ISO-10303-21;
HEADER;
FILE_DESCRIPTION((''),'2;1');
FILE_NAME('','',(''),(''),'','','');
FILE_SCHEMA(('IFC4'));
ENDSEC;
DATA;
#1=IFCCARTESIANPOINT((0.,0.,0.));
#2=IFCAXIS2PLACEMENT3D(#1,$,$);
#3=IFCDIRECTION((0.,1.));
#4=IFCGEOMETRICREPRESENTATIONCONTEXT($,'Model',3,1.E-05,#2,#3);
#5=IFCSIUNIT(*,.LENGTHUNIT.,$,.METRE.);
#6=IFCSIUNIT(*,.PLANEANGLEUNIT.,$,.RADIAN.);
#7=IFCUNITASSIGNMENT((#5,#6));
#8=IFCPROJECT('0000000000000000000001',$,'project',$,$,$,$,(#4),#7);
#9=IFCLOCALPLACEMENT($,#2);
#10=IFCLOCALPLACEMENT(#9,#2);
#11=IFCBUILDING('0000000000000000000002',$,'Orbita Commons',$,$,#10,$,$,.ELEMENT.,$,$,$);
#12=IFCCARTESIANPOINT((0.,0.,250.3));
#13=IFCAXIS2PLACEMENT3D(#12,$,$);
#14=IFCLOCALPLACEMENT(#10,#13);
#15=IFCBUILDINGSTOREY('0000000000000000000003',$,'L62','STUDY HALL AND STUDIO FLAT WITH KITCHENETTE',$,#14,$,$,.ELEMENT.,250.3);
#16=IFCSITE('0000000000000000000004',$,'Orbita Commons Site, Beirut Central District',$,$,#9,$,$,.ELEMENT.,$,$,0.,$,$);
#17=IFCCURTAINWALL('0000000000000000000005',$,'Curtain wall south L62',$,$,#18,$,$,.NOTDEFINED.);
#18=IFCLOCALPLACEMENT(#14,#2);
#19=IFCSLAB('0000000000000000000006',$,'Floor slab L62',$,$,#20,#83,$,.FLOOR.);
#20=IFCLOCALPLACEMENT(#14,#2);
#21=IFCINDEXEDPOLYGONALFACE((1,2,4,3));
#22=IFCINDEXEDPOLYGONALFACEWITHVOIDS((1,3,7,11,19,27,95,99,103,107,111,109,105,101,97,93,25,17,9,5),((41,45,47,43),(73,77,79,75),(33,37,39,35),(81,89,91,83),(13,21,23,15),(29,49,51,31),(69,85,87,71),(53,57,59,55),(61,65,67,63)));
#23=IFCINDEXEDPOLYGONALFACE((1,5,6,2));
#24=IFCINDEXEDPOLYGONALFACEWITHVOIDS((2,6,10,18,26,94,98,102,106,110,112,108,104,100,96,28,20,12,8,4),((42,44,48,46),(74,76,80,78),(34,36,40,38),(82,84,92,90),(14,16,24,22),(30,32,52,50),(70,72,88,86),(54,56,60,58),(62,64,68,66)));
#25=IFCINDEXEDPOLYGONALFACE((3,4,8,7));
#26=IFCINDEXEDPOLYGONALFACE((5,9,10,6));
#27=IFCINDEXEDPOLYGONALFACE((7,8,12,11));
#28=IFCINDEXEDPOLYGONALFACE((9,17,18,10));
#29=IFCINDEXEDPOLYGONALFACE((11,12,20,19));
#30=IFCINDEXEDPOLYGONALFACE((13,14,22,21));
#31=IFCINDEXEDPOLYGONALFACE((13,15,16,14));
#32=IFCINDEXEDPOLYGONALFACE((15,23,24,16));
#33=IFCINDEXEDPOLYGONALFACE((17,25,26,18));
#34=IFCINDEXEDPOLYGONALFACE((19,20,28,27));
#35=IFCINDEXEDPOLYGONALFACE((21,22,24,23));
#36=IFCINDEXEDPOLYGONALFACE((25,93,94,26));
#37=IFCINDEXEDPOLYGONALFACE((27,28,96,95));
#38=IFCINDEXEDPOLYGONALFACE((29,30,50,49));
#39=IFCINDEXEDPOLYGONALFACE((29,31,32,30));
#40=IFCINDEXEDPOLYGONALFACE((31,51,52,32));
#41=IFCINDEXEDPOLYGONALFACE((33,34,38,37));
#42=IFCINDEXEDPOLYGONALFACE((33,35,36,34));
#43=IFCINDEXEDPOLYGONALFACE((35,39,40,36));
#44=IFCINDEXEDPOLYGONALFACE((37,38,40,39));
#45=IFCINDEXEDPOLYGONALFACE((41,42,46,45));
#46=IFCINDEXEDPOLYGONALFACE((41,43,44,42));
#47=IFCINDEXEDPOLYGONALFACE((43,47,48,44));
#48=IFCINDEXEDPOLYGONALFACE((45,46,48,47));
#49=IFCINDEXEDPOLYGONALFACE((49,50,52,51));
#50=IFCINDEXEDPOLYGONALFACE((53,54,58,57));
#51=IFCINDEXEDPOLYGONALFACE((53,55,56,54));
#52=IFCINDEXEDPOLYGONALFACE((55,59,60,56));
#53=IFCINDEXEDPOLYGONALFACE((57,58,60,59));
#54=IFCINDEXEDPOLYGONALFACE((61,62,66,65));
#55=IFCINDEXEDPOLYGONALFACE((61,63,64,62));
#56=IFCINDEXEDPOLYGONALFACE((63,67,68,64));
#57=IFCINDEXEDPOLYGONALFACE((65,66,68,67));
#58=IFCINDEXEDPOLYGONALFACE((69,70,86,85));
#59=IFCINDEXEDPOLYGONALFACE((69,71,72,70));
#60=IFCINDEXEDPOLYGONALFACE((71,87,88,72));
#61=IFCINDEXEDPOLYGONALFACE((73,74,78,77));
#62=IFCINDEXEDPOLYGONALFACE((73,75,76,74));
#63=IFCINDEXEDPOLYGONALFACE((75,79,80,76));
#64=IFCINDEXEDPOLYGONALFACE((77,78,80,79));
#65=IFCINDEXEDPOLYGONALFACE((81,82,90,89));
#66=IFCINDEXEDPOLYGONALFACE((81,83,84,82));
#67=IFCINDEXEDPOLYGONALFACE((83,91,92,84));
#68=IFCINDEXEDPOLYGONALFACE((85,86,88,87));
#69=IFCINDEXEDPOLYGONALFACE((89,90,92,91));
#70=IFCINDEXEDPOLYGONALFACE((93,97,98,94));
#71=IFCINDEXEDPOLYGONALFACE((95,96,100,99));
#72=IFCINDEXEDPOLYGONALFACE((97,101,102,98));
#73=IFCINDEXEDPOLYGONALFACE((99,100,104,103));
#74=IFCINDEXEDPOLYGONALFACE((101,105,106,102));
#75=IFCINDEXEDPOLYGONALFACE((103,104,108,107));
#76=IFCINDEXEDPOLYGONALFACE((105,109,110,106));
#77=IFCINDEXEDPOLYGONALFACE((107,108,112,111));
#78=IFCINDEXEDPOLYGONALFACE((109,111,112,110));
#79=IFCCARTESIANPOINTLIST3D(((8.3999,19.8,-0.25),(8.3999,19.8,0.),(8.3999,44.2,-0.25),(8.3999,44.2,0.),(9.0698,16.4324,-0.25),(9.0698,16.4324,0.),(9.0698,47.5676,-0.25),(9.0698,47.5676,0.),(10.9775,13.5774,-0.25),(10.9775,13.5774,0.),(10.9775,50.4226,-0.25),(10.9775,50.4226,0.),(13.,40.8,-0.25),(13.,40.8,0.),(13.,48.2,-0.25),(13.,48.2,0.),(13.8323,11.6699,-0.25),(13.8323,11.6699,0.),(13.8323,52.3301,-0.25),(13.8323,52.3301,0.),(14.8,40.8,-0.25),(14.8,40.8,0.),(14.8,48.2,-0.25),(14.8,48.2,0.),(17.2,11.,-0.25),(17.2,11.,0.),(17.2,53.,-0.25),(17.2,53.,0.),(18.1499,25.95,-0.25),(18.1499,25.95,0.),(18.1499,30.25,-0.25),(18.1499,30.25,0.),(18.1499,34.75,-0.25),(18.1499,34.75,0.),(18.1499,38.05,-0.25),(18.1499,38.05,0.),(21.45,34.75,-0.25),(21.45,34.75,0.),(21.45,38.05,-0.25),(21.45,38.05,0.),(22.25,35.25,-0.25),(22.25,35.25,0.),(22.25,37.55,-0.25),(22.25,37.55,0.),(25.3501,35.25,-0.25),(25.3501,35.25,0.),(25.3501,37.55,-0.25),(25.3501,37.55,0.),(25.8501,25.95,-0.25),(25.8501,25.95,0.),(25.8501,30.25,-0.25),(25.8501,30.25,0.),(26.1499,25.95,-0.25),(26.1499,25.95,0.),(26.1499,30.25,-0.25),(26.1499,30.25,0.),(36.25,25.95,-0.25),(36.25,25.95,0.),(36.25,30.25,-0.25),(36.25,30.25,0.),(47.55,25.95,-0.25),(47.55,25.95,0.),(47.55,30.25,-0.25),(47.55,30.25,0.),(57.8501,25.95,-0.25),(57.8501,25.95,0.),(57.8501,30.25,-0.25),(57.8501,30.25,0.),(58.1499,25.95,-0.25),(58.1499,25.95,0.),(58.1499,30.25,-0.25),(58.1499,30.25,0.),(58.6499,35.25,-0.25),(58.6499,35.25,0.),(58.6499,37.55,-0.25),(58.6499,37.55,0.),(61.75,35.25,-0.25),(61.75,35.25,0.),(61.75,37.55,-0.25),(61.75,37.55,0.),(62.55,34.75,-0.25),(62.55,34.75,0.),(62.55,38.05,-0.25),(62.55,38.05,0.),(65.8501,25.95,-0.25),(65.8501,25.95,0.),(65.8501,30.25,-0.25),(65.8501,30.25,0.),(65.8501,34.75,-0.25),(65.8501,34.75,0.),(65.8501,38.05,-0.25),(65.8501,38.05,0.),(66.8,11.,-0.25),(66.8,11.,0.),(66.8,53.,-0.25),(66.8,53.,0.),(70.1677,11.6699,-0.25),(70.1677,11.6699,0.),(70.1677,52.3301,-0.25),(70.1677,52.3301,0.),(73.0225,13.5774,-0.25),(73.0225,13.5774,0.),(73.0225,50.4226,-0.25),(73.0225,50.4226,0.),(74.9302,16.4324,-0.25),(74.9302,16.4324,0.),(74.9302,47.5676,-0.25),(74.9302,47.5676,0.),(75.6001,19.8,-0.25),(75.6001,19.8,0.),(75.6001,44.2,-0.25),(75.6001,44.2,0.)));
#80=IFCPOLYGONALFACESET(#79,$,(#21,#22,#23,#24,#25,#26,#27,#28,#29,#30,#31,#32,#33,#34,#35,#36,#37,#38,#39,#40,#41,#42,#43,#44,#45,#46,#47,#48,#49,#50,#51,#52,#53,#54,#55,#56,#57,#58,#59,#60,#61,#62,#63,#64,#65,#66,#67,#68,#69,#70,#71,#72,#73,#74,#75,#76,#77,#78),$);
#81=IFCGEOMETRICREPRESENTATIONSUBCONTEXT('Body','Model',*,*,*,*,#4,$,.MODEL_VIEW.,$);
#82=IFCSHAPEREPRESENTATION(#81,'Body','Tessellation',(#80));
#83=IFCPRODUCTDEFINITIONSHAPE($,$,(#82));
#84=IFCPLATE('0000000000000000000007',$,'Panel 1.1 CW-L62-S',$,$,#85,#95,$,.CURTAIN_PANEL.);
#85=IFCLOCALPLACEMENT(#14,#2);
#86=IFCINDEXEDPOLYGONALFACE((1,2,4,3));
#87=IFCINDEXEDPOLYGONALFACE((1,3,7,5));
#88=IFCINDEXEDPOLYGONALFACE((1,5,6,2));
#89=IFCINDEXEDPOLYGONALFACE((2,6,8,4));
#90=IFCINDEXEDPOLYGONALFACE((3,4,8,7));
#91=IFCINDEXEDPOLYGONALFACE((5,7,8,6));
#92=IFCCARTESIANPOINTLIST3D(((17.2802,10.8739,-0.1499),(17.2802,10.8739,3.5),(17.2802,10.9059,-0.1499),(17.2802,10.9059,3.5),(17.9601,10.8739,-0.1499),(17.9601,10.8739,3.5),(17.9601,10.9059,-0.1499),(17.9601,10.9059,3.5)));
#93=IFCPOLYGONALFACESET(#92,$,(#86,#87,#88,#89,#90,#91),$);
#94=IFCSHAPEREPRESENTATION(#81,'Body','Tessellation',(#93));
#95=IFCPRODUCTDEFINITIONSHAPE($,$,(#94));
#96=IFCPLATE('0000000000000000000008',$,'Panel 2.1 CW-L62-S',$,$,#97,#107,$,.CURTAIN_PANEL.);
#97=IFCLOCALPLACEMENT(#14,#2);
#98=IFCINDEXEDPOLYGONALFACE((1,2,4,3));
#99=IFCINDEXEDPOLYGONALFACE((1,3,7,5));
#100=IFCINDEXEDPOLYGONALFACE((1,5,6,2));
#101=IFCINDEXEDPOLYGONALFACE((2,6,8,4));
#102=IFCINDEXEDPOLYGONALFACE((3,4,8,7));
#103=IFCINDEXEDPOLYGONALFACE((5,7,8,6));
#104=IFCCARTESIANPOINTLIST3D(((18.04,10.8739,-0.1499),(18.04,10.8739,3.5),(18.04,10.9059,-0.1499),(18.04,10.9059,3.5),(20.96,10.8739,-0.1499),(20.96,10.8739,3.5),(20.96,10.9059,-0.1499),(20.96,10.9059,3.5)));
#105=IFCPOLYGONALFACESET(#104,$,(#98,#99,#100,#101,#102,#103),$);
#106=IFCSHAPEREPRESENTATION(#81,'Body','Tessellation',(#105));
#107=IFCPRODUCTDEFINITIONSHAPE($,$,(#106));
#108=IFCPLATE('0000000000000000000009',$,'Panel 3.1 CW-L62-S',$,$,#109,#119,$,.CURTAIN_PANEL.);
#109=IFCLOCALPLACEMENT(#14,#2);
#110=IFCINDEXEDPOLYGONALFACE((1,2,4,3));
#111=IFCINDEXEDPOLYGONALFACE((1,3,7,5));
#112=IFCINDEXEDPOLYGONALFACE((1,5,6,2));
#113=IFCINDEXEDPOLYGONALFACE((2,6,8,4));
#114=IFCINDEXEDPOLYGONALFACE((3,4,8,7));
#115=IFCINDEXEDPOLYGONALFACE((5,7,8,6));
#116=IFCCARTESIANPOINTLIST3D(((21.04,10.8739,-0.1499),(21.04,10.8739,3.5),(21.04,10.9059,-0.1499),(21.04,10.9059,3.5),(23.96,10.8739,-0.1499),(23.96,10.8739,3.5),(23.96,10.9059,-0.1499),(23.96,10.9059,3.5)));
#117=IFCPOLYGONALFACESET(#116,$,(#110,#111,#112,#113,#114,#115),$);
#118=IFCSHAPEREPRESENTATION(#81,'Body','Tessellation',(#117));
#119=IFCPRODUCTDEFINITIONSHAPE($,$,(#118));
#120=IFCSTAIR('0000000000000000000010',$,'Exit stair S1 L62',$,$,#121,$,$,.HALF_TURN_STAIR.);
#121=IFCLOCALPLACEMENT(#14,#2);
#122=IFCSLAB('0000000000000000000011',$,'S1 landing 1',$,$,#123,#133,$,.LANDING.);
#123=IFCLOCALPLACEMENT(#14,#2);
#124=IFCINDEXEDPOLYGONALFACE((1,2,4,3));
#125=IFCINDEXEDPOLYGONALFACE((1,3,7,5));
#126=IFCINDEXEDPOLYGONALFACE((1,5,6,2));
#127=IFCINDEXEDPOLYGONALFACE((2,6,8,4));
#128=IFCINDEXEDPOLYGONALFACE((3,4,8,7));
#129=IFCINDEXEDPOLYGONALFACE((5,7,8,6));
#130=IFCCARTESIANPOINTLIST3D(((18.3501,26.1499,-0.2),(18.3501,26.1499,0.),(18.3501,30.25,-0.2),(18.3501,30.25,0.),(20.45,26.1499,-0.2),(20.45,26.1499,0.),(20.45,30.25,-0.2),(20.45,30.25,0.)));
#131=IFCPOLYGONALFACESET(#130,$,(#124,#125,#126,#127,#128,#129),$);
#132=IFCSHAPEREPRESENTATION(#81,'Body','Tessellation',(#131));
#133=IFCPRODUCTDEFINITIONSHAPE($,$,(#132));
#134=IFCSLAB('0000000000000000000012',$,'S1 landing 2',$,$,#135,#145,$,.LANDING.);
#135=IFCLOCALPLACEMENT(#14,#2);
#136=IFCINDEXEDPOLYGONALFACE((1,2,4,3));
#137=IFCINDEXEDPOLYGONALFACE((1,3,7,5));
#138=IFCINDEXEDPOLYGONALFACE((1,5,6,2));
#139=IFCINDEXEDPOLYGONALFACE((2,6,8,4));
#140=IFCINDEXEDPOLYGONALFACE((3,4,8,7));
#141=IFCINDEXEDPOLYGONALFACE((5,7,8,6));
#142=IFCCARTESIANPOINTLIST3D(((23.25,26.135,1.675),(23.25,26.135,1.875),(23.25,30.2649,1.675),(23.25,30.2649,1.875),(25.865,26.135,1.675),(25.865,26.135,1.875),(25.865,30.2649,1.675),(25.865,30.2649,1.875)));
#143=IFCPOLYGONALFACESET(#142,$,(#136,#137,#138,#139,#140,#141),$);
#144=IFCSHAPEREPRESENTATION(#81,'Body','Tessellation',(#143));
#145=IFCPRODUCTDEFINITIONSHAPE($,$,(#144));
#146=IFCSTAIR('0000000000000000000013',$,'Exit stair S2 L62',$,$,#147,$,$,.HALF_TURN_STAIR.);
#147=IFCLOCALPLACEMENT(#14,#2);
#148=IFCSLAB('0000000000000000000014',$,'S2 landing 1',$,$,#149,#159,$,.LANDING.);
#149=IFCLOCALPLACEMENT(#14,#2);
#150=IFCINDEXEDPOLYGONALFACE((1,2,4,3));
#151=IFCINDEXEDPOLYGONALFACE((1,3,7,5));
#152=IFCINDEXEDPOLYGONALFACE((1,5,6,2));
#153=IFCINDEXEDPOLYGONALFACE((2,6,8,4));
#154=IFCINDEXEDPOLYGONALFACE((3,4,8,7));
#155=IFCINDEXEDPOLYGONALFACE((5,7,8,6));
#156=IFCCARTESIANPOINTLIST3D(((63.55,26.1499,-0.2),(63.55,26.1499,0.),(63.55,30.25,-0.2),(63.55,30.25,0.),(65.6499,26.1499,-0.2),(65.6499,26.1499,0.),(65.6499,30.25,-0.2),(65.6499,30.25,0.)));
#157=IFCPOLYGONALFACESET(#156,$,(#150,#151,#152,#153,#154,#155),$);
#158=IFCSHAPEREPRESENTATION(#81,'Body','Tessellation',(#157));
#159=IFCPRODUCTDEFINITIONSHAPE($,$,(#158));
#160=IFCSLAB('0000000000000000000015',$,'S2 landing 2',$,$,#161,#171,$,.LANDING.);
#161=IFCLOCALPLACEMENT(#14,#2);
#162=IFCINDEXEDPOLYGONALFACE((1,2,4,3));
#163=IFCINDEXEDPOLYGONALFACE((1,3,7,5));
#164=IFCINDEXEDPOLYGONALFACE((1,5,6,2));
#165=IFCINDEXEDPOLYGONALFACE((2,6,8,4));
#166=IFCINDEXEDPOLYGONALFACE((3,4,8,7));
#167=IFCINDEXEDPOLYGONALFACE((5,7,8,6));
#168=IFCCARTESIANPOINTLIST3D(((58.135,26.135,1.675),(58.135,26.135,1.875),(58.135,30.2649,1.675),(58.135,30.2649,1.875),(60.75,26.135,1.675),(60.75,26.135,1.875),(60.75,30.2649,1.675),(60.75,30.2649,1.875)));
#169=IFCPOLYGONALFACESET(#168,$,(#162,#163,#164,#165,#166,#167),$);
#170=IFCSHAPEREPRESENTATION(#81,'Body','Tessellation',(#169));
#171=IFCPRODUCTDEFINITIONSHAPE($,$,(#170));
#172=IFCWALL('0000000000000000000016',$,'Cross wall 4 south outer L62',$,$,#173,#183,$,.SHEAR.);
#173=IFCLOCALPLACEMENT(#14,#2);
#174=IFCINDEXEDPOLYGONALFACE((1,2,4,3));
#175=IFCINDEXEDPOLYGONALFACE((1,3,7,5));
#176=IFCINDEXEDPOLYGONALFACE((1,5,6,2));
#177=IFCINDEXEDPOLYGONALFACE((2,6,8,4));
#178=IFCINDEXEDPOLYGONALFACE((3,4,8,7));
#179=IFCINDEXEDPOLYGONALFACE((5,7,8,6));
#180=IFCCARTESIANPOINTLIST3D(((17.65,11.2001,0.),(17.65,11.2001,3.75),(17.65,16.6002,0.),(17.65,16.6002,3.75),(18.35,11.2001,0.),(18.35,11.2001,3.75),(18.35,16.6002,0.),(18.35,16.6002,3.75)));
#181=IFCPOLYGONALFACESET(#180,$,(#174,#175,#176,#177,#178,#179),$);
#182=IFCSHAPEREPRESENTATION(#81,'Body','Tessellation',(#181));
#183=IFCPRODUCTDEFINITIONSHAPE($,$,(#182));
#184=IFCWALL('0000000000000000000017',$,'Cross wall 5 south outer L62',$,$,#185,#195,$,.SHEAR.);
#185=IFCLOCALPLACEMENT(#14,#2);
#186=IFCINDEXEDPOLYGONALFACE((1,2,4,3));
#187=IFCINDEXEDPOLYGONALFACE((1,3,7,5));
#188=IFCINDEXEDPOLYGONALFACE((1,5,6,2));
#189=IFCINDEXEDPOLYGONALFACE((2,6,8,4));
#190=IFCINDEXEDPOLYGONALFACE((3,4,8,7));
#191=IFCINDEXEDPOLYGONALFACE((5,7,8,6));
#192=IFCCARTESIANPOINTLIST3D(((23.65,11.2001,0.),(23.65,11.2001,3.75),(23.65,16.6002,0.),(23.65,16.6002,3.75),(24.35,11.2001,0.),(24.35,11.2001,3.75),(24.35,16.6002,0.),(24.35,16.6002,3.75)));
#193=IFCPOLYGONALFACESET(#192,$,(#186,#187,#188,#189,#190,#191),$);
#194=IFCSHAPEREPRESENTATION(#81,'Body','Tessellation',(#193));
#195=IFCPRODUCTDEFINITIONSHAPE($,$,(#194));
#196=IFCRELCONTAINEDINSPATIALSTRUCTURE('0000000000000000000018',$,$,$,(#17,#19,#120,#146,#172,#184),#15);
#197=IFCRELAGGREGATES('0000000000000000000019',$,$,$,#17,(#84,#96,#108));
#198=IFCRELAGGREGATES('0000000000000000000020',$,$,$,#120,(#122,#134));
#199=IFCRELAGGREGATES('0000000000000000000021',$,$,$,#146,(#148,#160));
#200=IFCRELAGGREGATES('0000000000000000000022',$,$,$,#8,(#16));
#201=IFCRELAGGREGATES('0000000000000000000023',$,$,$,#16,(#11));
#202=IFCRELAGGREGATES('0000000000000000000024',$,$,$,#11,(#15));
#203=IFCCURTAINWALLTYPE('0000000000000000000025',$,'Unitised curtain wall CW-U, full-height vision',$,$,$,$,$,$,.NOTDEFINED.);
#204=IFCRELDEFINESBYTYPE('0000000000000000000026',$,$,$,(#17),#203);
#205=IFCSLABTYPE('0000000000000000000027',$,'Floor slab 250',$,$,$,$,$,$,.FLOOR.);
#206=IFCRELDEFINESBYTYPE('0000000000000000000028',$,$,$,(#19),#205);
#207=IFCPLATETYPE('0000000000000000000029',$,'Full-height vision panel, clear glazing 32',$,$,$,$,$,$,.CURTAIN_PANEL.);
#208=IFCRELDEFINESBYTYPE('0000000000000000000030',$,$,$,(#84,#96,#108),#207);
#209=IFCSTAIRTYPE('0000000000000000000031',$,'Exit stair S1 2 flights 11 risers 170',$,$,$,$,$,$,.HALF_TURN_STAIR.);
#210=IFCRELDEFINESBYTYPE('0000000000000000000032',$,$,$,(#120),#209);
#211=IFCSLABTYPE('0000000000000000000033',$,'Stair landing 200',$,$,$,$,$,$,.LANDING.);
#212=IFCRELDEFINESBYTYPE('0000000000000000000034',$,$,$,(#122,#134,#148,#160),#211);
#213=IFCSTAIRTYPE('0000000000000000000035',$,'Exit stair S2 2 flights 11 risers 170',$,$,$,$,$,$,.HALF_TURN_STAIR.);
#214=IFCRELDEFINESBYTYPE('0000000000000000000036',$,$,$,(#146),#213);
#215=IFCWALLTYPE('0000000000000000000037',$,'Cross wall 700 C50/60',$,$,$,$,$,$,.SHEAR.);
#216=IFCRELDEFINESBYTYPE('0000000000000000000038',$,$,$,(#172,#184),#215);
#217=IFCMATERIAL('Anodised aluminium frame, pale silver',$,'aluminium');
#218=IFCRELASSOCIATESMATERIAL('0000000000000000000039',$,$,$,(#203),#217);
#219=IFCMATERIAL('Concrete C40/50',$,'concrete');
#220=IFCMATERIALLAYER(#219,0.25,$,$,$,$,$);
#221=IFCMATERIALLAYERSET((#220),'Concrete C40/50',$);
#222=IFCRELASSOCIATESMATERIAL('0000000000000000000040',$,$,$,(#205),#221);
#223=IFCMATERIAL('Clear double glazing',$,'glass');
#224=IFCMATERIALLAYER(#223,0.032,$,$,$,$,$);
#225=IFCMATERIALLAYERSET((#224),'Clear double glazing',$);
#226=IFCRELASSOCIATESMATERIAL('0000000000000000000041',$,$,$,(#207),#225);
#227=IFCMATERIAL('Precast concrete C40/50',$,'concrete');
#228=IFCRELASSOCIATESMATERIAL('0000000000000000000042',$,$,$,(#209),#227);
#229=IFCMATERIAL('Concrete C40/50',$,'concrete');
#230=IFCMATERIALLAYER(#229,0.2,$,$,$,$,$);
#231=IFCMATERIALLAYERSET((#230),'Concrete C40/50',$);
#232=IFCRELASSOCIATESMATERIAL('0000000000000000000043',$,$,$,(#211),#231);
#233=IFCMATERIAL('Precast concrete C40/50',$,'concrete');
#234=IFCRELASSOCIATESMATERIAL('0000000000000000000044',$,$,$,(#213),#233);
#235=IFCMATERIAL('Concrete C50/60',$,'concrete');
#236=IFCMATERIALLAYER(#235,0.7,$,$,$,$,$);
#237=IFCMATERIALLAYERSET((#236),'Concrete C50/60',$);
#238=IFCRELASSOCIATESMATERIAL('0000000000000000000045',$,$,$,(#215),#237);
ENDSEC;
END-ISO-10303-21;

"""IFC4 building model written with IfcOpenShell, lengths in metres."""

from ifc_helpers import new_model, si_unit, direction, frame, frame_2d, origin, origin_2d, place, context, subcontext, project, spatial, polyline, rectangle, outline, extrude, material, layer, layer_set, type_object, element, aggregate, save


model = new_model("IFC4")

# Units and contexts
model_context = context("Model", 3, precision=1e-05, world=origin(), true_north=direction((0.0, 1.0)))
body_context = subcontext(model_context, "Body", "Model", "MODEL_VIEW")
ifc_project = project(units=[si_unit("LENGTHUNIT", "METRE"), si_unit("PLANEANGLEUNIT", "RADIAN")], contexts=[model_context])

# Site, building, storey
site_placement = place(None, origin())
site = spatial("IfcSite", under=ifc_project, at=site_placement, Name="Orbita Commons Site, Beirut Central District", CompositionType="ELEMENT", RefElevation=0.0)
building_placement = place(site_placement, origin())
building = spatial("IfcBuilding", under=site, at=building_placement, Name="Orbita Commons", CompositionType="ELEMENT")
storey_placement = place(building_placement, frame((0.0, 0.0, 250.3)))
storey = spatial("IfcBuildingStorey", under=building, at=storey_placement, Name="L62", Description="STUDY HALL AND STUDIO FLAT WITH KITCHENETTE", CompositionType="ELEMENT", Elevation=250.3)

# Curtain wall
ifc_material_1 = material(Name="Anodised aluminium frame, pale silver", Category="aluminium")
curtain_wall_type = type_object("IfcCurtainWallType", Name="Unitised curtain wall CW-U, full-height vision", PredefinedType="NOTDEFINED", material=ifc_material_1)
curtain_wall_placement = place(storey_placement, origin())
curtain_wall = element("IfcCurtainWall", 1, at=curtain_wall_placement, inside=storey, type_object=curtain_wall_type, Name="Curtain wall south L62", PredefinedType="NOTDEFINED")

# Slab
ifc_material_2 = material(Name="Concrete C40/50", Category="concrete")
ifc_layer_1 = layer(ifc_material_2, 0.25)
ifc_layer_set_1 = layer_set([ifc_layer_1], Name="Concrete C40/50")
slab_type_1 = type_object("IfcSlabType", Name="Floor slab 250", PredefinedType="FLOOR", material=ifc_layer_set_1)
slab_1_placement = place(storey_placement, frame((0.0, 0.0, -0.25)))
element("IfcSlab", 2, at=slab_1_placement, inside=storey, type_object=slab_type_1, Name="Floor slab L62", PredefinedType="FLOOR", context=body_context, shape_type="SweptSolid", body=[
    extrude(outline(polyline([(66.8, 11.0), (70.1677, 11.6699), (73.0225, 13.5774), (74.9302, 16.4324), (75.6001, 19.8), (75.6001, 44.2), (74.9302, 47.5676), (73.0225, 50.4226), (70.1677, 52.3301), (66.8, 53.0), (17.2, 53.0), (13.8323, 52.3301), (10.9775, 50.4226), (9.0698, 47.5676), (8.3999, 44.2), (8.3999, 19.8), (9.0698, 16.4324), (10.9775, 13.5774), (13.8323, 11.6699), (17.2, 11.0), (66.8, 11.0)]), holes=[polyline([(18.1499, 25.95), (25.8501, 25.95), (25.8501, 30.25), (18.1499, 30.25), (18.1499, 25.95)]), polyline([(58.1499, 25.95), (65.8501, 25.95), (65.8501, 30.25), (58.1499, 30.25), (58.1499, 25.95)]), polyline([(18.1499, 34.75), (21.45, 34.75), (21.45, 38.05), (18.1499, 38.05), (18.1499, 34.75)]), polyline([(62.55, 34.75), (65.8501, 34.75), (65.8501, 38.05), (62.55, 38.05), (62.55, 34.75)]), polyline([(22.25, 35.25), (25.3501, 35.25), (25.3501, 37.55), (22.25, 37.55), (22.25, 35.25)]), polyline([(58.6499, 35.25), (61.75, 35.25), (61.75, 37.55), (58.6499, 37.55), (58.6499, 35.25)]), polyline([(26.1499, 25.95), (36.25, 25.95), (36.25, 30.25), (26.1499, 30.25), (26.1499, 25.95)]), polyline([(47.55, 25.95), (57.8501, 25.95), (57.8501, 30.25), (47.55, 30.25), (47.55, 25.95)]), polyline([(13.0, 40.8), (14.8, 40.8), (14.8, 48.2), (13.0, 48.2), (13.0, 40.8)])]), origin(), (0.0, 0.0, 1.0), 0.25),
])

# Plates
ifc_material_3 = material(Name="Clear double glazing", Category="glass")
ifc_layer_2 = layer(ifc_material_3, 0.032)
ifc_layer_set_2 = layer_set([ifc_layer_2], Name="Clear double glazing")
plate_type = type_object("IfcPlateType", Name="Full-height vision panel, clear glazing 32", PredefinedType="CURTAIN_PANEL", material=ifc_layer_set_2)
plate_1_placement = place(storey_placement, frame((17.6201, 10.8899, -0.1499), z_axis=(0.0, 0.0, 1.0), x_axis=(1.0, 0.0, 0.0)))
plate_1 = element("IfcPlate", 3, at=plate_1_placement, type_object=plate_type, Name="Panel 1.1 CW-L62-S", PredefinedType="CURTAIN_PANEL", context=body_context, shape_type="SweptSolid", body=[
    extrude(rectangle(XDim=0.6799, YDim=0.032, at=origin_2d()), origin(), (0.0, 0.0, 1.0), 3.6499),
])
plate_2_placement = place(storey_placement, frame((19.5, 10.8899, -0.1499), z_axis=(0.0, 0.0, 1.0), x_axis=(1.0, 0.0, 0.0)))
plate_2 = element("IfcPlate", 4, at=plate_2_placement, type_object=plate_type, Name="Panel 2.1 CW-L62-S", PredefinedType="CURTAIN_PANEL", context=body_context, shape_type="SweptSolid", body=[
    extrude(rectangle(XDim=2.9199, YDim=0.032, at=origin_2d()), origin(), (0.0, 0.0, 1.0), 3.6499),
])
plate_3_placement = place(storey_placement, frame((22.5, 10.8899, -0.1499), z_axis=(0.0, 0.0, 1.0), x_axis=(1.0, 0.0, 0.0)))
plate_3 = element("IfcPlate", 5, at=plate_3_placement, type_object=plate_type, Name="Panel 3.1 CW-L62-S", PredefinedType="CURTAIN_PANEL", context=body_context, shape_type="SweptSolid", body=[
    extrude(rectangle(XDim=2.9199, YDim=0.032, at=origin_2d()), origin(), (0.0, 0.0, 1.0), 3.6499),
])
aggregate(curtain_wall, [plate_1, plate_2, plate_3])

# Stairs, slabs
ifc_material_4 = material(Name="Precast concrete C40/50", Category="concrete")
stair_type_1 = type_object("IfcStairType", Name="Exit stair S1 2 flights 11 risers 170", PredefinedType="HALF_TURN_STAIR", material=ifc_material_4)
stair_1_placement = place(storey_placement, origin())
stair_1 = element("IfcStair", 6, at=stair_1_placement, inside=storey, type_object=stair_type_1, Name="Exit stair S1 L62", PredefinedType="HALF_TURN_STAIR")
ifc_material_5 = material(Name="Concrete C40/50", Category="concrete")
ifc_layer_3 = layer(ifc_material_5, 0.2)
ifc_layer_set_3 = layer_set([ifc_layer_3], Name="Concrete C40/50")
slab_type_2 = type_object("IfcSlabType", Name="Stair landing 200", PredefinedType="LANDING", material=ifc_layer_set_3)
slab_2_placement = place(storey_placement, frame((0.0, 0.0, -0.2)))
slab_2 = element("IfcSlab", 7, at=slab_2_placement, type_object=slab_type_2, Name="S1 landing 1", PredefinedType="LANDING", context=body_context, shape_type="SweptSolid", body=[
    extrude(outline(polyline([(18.3501, 26.1499), (20.45, 26.1499), (20.45, 30.25), (18.3501, 30.25), (18.3501, 26.1499)])), origin(), (0.0, 0.0, 1.0), 0.2),
])
slab_3_placement = place(storey_placement, frame((0.0, 0.0, 1.675)))
slab_3 = element("IfcSlab", 8, at=slab_3_placement, type_object=slab_type_2, Name="S1 landing 2", PredefinedType="LANDING", context=body_context, shape_type="SweptSolid", body=[
    extrude(outline(polyline([(23.25, 26.135), (25.865, 26.135), (25.865, 30.2649), (23.25, 30.2649), (23.25, 26.135)])), origin(), (0.0, 0.0, 1.0), 0.2),
])
aggregate(stair_1, [slab_2, slab_3])
ifc_material_6 = material(Name="Precast concrete C40/50", Category="concrete")
stair_type_2 = type_object("IfcStairType", Name="Exit stair S2 2 flights 11 risers 170", PredefinedType="HALF_TURN_STAIR", material=ifc_material_6)
stair_2_placement = place(storey_placement, origin())
stair_2 = element("IfcStair", 9, at=stair_2_placement, inside=storey, type_object=stair_type_2, Name="Exit stair S2 L62", PredefinedType="HALF_TURN_STAIR")
slab_4_placement = place(storey_placement, frame((0.0, 0.0, -0.2)))
slab_4 = element("IfcSlab", 10, at=slab_4_placement, type_object=slab_type_2, Name="S2 landing 1", PredefinedType="LANDING", context=body_context, shape_type="SweptSolid", body=[
    extrude(outline(polyline([(63.55, 26.1499), (65.6499, 26.1499), (65.6499, 30.25), (63.55, 30.25), (63.55, 26.1499)])), origin(), (0.0, 0.0, 1.0), 0.2),
])
slab_5_placement = place(storey_placement, frame((0.0, 0.0, 1.675)))
slab_5 = element("IfcSlab", 11, at=slab_5_placement, type_object=slab_type_2, Name="S2 landing 2", PredefinedType="LANDING", context=body_context, shape_type="SweptSolid", body=[
    extrude(outline(polyline([(58.135, 26.135), (60.75, 26.135), (60.75, 30.2649), (58.135, 30.2649), (58.135, 26.135)])), origin(), (0.0, 0.0, 1.0), 0.2),
])
aggregate(stair_2, [slab_4, slab_5])

# Walls
ifc_material_7 = material(Name="Concrete C50/60", Category="concrete")
ifc_layer_4 = layer(ifc_material_7, 0.7)
ifc_layer_set_4 = layer_set([ifc_layer_4], Name="Concrete C50/60")
wall_type_1 = type_object("IfcWallType", Name="Cross wall 700 C50/60", PredefinedType="SHEAR", material=ifc_layer_set_4)
for number, where, z_axis, x_axis, name in (
    (12, (18.0, 11.2, 0.0), (0.0, 0.0, 1.0), (0.0, 1.0, 0.0), "Cross wall 4 south outer L62"),
    (13, (24.0, 11.2, 0.0), (0.0, 0.0, 1.0), (0.0, 1.0, 0.0), "Cross wall 5 south outer L62"),
):
    element("IfcWall", number, at=place(storey_placement, frame(where, z_axis=z_axis, x_axis=x_axis)), inside=storey, type_object=wall_type_1, Name=name, PredefinedType="SHEAR", context=body_context, shape_type="SweptSolid", body=[
        extrude(rectangle(XDim=5.4001, YDim=0.7, at=frame_2d((2.7002, 0.0))), origin(), (0.0, 0.0, 1.0), 3.75),
    ])

save(model, "model.ifc")
